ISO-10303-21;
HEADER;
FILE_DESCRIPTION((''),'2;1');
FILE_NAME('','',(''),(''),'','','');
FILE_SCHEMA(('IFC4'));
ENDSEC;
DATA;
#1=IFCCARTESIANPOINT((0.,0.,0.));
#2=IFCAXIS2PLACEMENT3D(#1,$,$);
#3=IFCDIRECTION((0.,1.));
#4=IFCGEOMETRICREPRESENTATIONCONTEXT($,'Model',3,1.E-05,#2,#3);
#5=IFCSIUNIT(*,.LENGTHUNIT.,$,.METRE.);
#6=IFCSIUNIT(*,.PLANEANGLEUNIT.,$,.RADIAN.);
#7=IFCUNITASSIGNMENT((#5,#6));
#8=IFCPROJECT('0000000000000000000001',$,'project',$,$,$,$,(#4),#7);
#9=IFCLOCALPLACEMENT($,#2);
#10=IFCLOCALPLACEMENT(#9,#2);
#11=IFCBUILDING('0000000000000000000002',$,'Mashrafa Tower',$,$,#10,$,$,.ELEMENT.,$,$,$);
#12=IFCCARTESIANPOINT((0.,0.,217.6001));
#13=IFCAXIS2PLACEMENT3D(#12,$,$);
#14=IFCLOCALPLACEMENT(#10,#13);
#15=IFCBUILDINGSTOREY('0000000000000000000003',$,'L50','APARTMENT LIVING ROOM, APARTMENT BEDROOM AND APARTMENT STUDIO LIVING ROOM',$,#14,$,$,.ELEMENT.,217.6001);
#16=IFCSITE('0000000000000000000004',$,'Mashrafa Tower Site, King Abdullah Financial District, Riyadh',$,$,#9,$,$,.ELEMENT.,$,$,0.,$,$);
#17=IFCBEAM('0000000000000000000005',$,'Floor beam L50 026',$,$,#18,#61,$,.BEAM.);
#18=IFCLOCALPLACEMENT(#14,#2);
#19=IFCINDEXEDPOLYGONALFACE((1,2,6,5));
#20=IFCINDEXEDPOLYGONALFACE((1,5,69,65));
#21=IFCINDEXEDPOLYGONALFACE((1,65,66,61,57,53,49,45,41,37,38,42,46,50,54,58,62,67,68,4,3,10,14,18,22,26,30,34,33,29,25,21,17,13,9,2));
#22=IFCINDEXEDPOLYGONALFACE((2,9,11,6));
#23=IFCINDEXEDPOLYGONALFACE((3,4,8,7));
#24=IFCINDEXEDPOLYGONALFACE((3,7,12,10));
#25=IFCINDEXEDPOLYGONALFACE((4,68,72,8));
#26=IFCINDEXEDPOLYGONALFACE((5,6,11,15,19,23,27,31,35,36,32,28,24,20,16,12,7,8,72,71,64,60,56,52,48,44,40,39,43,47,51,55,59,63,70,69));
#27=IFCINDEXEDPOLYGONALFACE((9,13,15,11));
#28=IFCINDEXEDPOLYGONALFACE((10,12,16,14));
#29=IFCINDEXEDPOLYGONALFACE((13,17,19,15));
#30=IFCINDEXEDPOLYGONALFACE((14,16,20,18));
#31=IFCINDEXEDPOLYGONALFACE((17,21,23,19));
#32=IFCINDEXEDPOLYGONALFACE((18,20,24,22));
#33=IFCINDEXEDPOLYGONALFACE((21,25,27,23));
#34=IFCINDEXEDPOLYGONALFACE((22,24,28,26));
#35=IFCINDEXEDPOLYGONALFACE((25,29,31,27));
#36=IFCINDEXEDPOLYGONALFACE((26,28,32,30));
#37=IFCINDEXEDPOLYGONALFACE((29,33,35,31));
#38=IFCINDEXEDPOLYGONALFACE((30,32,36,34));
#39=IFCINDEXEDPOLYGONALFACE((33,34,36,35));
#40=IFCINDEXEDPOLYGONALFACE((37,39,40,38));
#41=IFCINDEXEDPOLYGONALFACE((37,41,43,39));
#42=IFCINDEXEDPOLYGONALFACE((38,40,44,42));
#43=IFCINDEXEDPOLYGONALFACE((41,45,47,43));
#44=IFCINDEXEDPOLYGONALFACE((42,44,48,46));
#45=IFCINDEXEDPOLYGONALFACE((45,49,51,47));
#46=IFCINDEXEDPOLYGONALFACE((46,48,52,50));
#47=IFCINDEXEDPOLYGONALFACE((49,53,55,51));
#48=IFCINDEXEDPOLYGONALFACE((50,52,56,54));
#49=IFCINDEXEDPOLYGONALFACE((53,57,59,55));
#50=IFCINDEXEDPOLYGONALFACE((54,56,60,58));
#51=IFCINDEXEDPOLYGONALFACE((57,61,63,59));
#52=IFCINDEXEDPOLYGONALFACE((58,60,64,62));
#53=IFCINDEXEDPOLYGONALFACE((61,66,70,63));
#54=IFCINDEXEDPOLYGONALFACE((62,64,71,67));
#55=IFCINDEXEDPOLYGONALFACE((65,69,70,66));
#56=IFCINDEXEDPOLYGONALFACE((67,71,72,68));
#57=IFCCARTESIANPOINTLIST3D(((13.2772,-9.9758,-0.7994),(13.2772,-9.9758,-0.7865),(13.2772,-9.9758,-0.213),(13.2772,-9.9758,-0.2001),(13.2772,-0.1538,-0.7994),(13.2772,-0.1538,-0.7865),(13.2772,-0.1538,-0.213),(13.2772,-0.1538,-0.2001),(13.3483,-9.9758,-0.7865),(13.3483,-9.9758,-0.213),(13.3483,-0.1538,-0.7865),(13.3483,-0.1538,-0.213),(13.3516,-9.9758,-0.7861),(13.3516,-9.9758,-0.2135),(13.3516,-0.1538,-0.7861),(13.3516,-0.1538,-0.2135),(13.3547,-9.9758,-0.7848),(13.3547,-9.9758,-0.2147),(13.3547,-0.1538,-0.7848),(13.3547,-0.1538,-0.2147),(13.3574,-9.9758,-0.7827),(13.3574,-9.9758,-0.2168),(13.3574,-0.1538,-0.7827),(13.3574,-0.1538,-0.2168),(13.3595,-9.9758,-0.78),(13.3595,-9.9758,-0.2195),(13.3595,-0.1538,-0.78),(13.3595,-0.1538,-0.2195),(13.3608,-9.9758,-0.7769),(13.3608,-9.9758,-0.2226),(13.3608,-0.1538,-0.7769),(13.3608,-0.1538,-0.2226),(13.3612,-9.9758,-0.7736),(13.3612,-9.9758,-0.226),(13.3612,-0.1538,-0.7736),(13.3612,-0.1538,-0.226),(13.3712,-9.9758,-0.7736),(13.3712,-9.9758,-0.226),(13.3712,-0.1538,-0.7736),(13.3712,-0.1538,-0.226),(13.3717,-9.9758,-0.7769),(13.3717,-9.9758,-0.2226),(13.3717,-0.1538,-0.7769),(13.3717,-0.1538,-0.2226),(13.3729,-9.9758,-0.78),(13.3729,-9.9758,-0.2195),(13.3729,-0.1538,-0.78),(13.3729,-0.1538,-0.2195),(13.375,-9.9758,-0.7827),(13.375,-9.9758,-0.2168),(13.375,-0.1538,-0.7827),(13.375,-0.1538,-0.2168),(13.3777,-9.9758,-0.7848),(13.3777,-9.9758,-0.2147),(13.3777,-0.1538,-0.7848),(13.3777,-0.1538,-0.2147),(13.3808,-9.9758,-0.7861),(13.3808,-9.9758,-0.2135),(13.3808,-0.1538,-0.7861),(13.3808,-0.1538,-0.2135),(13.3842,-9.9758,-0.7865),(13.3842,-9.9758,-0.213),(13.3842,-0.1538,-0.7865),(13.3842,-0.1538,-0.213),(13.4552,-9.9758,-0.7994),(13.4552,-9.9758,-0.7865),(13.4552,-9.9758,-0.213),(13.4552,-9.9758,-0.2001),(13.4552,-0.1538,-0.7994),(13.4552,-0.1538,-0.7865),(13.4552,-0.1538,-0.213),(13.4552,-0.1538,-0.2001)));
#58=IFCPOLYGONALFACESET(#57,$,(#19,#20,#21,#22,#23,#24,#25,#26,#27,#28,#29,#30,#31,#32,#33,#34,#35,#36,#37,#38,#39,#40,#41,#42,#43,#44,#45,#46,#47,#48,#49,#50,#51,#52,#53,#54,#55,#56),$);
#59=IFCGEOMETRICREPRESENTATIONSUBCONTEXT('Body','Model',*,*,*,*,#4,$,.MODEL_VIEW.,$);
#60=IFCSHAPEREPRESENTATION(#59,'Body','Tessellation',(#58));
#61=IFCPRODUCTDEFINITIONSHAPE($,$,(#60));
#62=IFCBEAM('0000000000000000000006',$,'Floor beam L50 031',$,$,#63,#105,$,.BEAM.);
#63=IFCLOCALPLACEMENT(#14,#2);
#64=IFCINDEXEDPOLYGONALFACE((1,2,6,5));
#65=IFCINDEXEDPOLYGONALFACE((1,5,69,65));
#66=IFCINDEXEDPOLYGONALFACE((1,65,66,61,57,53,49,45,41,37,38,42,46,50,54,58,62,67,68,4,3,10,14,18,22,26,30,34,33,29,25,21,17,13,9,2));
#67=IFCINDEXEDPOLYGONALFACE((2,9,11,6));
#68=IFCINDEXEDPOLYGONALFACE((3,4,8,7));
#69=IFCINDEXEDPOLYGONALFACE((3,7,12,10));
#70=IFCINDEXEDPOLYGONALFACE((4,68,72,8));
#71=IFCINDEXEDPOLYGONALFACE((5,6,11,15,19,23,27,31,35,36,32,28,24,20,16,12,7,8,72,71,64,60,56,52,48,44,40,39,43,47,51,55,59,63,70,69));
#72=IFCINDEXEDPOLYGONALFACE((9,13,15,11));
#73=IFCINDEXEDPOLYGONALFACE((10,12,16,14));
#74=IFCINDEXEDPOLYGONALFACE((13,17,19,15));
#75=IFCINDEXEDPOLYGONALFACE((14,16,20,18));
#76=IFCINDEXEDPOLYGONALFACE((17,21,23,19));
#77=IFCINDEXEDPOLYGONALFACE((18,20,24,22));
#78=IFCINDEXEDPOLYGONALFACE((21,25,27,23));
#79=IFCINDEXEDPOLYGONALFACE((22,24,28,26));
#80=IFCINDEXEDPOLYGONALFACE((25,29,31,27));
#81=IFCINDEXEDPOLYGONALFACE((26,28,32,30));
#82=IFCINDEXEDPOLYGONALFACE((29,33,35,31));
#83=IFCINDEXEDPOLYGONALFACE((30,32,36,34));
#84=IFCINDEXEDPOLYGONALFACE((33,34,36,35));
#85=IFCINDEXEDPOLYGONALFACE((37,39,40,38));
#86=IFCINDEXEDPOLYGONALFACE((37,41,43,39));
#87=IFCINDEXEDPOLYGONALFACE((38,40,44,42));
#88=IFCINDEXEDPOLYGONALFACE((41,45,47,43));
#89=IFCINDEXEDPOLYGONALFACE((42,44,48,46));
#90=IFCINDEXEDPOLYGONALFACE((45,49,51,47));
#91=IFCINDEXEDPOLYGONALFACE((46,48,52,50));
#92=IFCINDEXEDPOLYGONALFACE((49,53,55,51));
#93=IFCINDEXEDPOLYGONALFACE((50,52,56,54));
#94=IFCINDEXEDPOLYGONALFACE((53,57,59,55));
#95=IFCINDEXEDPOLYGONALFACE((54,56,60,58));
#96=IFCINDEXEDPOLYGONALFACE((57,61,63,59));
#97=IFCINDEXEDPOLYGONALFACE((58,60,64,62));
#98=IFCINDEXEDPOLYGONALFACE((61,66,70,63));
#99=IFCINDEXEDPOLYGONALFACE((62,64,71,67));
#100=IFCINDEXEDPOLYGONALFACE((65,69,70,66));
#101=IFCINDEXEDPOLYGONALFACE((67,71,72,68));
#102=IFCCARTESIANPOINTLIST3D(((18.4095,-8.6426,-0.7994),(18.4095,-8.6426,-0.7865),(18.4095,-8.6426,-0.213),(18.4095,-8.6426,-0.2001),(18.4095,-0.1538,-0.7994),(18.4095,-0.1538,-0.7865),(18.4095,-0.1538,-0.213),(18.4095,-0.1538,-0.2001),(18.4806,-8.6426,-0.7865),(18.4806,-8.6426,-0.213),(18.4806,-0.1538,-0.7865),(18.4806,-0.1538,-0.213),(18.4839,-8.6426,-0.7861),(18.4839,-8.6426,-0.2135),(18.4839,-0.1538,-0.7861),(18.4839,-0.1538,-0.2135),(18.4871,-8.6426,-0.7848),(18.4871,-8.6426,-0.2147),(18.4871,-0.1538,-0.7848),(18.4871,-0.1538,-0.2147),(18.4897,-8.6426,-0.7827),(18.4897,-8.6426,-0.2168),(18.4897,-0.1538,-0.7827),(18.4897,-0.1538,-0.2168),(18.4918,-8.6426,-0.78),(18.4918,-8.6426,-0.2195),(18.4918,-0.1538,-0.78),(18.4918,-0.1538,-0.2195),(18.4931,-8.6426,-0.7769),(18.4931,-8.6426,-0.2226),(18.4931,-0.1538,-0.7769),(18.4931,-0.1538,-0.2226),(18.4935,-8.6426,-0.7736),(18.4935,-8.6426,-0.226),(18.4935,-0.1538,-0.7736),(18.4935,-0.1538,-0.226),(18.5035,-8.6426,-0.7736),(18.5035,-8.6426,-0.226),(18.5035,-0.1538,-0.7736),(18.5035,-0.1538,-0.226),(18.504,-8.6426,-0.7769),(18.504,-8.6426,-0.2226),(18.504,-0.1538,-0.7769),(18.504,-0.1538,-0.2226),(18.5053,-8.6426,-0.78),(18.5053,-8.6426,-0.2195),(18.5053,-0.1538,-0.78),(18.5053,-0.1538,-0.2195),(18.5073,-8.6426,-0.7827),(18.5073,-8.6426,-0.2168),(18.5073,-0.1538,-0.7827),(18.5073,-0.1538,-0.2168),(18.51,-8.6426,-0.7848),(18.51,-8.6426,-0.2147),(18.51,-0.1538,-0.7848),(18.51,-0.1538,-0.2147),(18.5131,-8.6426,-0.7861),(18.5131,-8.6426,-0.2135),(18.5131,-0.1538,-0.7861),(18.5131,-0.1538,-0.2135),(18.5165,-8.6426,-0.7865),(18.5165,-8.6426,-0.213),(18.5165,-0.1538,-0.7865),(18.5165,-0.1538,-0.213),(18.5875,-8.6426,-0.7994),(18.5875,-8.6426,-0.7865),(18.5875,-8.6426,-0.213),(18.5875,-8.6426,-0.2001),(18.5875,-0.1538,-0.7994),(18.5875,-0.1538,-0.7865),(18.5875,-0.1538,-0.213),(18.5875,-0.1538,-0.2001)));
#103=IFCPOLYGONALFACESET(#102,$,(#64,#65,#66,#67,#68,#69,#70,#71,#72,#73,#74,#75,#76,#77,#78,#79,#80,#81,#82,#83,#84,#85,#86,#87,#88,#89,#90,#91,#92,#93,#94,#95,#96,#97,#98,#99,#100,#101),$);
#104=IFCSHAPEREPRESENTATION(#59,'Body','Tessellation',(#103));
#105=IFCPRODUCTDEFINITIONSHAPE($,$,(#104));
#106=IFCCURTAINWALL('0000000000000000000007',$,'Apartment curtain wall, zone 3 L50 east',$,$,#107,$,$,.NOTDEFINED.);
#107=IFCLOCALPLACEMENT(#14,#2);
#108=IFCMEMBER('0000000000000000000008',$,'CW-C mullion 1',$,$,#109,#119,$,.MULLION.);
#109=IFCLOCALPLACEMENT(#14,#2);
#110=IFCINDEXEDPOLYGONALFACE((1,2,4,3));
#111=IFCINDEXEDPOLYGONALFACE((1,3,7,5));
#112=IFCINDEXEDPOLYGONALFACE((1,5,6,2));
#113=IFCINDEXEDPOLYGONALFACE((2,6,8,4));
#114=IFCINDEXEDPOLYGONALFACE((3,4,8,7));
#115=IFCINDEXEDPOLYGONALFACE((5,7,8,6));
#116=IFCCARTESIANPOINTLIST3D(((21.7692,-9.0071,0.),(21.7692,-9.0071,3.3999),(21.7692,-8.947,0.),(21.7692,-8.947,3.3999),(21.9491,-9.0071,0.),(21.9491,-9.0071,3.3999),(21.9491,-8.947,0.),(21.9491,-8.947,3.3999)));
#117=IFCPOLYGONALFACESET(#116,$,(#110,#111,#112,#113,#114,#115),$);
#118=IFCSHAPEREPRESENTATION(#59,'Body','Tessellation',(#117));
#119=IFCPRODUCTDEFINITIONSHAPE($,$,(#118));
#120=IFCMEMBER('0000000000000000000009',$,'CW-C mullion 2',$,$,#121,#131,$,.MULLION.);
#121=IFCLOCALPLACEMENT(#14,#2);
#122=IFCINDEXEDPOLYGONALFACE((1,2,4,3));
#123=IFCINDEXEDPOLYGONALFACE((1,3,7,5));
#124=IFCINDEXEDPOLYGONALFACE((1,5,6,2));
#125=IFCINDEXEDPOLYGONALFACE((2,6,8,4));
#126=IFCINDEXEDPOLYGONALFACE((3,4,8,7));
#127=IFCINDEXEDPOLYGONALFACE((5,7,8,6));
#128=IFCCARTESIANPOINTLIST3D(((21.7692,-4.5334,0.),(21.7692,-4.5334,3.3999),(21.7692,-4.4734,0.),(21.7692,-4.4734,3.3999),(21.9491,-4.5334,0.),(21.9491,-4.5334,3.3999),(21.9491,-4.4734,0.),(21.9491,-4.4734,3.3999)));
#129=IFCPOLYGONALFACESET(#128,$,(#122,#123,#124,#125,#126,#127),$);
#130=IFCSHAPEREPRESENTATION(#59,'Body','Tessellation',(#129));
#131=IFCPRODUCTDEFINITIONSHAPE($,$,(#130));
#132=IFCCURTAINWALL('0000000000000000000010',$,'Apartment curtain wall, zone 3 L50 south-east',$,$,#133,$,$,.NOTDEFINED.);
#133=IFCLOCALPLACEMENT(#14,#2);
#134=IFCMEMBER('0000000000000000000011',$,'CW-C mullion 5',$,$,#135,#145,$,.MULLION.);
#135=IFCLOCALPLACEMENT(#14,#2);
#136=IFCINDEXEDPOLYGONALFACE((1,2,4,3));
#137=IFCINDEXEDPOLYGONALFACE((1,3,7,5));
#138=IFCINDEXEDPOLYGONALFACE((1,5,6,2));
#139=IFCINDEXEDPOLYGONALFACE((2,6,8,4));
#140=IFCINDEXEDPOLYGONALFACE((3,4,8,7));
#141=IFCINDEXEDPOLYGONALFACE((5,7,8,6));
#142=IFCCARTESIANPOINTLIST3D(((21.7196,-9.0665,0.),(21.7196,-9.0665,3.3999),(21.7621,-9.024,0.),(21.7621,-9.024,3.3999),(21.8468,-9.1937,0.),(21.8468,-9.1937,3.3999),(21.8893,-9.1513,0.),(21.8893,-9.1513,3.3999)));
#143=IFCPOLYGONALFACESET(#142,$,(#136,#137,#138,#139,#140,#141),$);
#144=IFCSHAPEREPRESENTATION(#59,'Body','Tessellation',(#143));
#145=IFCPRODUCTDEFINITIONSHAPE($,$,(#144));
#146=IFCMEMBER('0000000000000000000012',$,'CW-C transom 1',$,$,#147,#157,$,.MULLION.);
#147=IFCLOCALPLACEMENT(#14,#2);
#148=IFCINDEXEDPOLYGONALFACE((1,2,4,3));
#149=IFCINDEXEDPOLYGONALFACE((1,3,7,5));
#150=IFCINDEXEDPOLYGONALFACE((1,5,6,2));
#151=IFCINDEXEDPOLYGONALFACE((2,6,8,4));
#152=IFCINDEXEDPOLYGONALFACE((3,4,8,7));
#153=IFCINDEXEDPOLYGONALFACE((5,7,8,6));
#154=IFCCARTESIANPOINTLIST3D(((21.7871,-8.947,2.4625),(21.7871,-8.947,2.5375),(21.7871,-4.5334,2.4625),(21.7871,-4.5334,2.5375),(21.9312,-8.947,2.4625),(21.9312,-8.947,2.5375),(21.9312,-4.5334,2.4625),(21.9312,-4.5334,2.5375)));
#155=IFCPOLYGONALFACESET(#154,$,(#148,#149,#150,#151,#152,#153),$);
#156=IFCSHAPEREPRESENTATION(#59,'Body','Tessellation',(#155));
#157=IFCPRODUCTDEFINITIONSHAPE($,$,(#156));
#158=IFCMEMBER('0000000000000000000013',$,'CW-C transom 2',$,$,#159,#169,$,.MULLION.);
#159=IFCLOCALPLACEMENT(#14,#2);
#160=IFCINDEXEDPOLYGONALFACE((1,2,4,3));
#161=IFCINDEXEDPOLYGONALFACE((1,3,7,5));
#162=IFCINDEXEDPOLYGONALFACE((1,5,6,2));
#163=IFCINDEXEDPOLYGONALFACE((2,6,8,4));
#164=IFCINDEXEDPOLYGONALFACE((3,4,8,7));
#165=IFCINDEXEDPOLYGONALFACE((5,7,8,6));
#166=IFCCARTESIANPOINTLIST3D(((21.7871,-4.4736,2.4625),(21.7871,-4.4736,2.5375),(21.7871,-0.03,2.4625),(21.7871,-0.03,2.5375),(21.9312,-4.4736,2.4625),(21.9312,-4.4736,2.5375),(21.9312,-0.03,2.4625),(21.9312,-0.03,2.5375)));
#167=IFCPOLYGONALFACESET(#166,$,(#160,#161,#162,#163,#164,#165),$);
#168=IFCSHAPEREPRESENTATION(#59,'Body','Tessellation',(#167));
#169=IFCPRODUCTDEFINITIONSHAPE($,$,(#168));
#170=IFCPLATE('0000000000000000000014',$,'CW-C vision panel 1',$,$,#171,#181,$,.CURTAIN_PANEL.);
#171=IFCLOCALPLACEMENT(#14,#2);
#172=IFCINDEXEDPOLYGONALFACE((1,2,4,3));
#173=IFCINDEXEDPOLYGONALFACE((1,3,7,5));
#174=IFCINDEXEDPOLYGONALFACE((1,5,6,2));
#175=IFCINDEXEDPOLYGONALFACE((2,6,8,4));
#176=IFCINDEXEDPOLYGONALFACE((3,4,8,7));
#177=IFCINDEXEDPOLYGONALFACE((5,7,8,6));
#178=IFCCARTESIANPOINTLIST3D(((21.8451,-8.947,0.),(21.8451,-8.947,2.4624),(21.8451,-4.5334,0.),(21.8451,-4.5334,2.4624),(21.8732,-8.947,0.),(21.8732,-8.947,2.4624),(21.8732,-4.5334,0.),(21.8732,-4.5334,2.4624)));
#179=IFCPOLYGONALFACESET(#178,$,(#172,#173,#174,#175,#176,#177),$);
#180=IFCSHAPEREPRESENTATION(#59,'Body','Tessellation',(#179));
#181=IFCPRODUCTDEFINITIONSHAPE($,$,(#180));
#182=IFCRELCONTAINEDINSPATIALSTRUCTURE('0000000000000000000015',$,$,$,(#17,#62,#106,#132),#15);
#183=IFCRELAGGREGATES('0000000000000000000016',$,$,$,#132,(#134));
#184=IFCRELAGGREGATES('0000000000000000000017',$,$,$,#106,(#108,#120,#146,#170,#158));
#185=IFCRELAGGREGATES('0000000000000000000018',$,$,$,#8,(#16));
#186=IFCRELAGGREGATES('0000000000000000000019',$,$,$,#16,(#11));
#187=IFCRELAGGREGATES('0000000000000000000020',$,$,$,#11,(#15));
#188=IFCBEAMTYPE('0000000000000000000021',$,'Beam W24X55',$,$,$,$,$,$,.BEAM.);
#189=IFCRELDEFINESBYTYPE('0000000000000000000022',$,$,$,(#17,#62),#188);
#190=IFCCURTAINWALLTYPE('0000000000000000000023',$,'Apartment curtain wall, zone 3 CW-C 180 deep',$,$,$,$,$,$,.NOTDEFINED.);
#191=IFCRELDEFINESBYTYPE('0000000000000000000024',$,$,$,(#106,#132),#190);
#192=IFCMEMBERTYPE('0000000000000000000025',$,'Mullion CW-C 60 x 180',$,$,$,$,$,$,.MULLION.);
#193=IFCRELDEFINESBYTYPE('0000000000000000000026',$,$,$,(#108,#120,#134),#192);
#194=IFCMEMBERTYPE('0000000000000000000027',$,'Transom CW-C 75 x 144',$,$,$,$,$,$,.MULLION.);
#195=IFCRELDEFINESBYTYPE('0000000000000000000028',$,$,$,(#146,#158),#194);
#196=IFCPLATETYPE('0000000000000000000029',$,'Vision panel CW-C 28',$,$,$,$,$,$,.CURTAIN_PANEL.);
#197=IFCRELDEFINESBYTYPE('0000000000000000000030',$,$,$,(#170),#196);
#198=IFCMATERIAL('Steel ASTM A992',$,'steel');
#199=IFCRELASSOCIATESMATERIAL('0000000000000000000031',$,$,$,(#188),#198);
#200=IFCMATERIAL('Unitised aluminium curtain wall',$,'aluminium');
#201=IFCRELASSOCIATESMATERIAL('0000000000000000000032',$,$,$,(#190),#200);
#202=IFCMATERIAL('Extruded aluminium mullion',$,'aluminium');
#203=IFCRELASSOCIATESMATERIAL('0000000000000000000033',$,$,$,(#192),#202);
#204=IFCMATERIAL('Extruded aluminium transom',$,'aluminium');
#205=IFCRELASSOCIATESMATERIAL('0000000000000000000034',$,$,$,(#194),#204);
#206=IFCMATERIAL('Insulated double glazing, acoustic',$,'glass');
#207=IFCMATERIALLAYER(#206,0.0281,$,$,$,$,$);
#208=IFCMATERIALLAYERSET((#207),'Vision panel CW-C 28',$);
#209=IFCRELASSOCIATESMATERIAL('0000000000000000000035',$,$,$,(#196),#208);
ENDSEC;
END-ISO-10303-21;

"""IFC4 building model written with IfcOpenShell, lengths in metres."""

from ifc_helpers import new_model, si_unit, direction, frame, origin, origin_2d, place, context, subcontext, project, spatial, rectangle, i_section, extrude, source, transform, mapped, material, layer, layer_set, material_profile, profile_set, type_object, type_shapes, element, aggregate, save


model = new_model("IFC4")

# Units and contexts
model_context = context("Model", 3, precision=1e-05, world=origin(), true_north=direction((0.0, 1.0)))
body_context = subcontext(model_context, "Body", "Model", "MODEL_VIEW")
ifc_project = project(units=[si_unit("LENGTHUNIT", "METRE"), si_unit("PLANEANGLEUNIT", "RADIAN")], contexts=[model_context])

# Site, building, storey
site_placement = place(None, origin())
site = spatial("IfcSite", under=ifc_project, at=site_placement, Name="Mashrafa Tower Site, King Abdullah Financial District, Riyadh", CompositionType="ELEMENT", RefElevation=0.0)
building_placement = place(site_placement, origin())
building = spatial("IfcBuilding", under=site, at=building_placement, Name="Mashrafa Tower", CompositionType="ELEMENT")
storey_placement = place(building_placement, frame((0.0, 0.0, 217.6001)))
storey = spatial("IfcBuildingStorey", under=building, at=storey_placement, Name="L50", Description="APARTMENT LIVING ROOM, APARTMENT BEDROOM AND APARTMENT STUDIO LIVING ROOM", CompositionType="ELEMENT", Elevation=217.6001)

# Beams
ifc_material_1 = material(Name="Steel ASTM A992", Category="steel")
ifc_material_profile_1 = material_profile(ifc_material_1, i_section(OverallWidth=0.178, OverallDepth=0.5994, WebThickness=0.01, FlangeThickness=0.0129, FilletRadius=0.0129, at=origin_2d()), Name="W24X55")
ifc_profile_set_1 = profile_set([ifc_material_profile_1], Name="Steel ASTM A992")
beam_type_1 = type_object("IfcBeamType", Name="Beam W24X55", PredefinedType="BEAM", material=ifc_profile_set_1)
beam_1_placement = place(storey_placement, frame((13.3662, -0.1538, -0.4998), z_axis=(0.0, -1.0, 0.0), x_axis=(1.0, 0.0, 0.0)))
element("IfcBeam", 1, at=beam_1_placement, inside=storey, type_object=beam_type_1, Name="Floor beam L50 026", PredefinedType="BEAM", context=body_context, shape_type="SweptSolid", body=[
    extrude(i_section(OverallWidth=0.178, OverallDepth=0.5994, WebThickness=0.01, FlangeThickness=0.0129, FilletRadius=0.0129, at=origin_2d()), origin(), (0.0, 0.0, 1.0), 9.822),
])
beam_2_placement = place(storey_placement, frame((18.4985, -0.1538, -0.4998), z_axis=(0.0, -1.0, 0.0), x_axis=(1.0, 0.0, 0.0)))
element("IfcBeam", 2, at=beam_2_placement, inside=storey, type_object=beam_type_1, Name="Floor beam L50 031", PredefinedType="BEAM", context=body_context, shape_type="SweptSolid", body=[
    extrude(i_section(OverallWidth=0.178, OverallDepth=0.5994, WebThickness=0.01, FlangeThickness=0.0129, FilletRadius=0.0129, at=origin_2d()), origin(), (0.0, 0.0, 1.0), 8.4888),
])

# Curtain wall, members
ifc_material_2 = material(Name="Unitised aluminium curtain wall", Category="aluminium")
curtain_wall_type = type_object("IfcCurtainWallType", Name="Apartment curtain wall, zone 3 CW-C 180 deep", PredefinedType="NOTDEFINED", material=ifc_material_2)
curtain_wall_1_placement = place(storey_placement, origin())
curtain_wall_1 = element("IfcCurtainWall", 3, at=curtain_wall_1_placement, inside=storey, type_object=curtain_wall_type, Name="Apartment curtain wall, zone 3 L50 east", PredefinedType="NOTDEFINED")
ifc_material_3 = material(Name="Extruded aluminium mullion", Category="aluminium")
ifc_material_profile_2 = material_profile(ifc_material_3, rectangle(XDim=0.1799, YDim=0.0601, at=origin_2d()), Name="Mullion 60x180")
ifc_profile_set_2 = profile_set([ifc_material_profile_2], Name="Extruded aluminium mullion")
member_type_1 = type_object("IfcMemberType", Name="Mullion CW-C 60 x 180", PredefinedType="MULLION", material=ifc_profile_set_2)
shared_shape_1 = source(origin(), body_context, "Body", "SweptSolid", [
    extrude(rectangle(XDim=0.1799, YDim=0.0601, at=origin_2d()), origin(), (0.0, 0.0, 1.0), 3.3999),
])
type_shapes(member_type_1, [shared_shape_1])
member_1_placement = place(storey_placement, frame((21.8591, -8.9771, 0.0), z_axis=(0.0, 0.0, 1.0), x_axis=(-1.0, 0.0, 0.0)))
member_1 = element("IfcMember", 4, at=member_1_placement, type_object=member_type_1, Name="CW-C mullion 1", PredefinedType="MULLION", context=body_context, shape_type="MappedRepresentation", body=[
    mapped(shared_shape_1, transform((0.0, 0.0, 0.0))),
])
member_2_placement = place(storey_placement, frame((21.8591, -4.5034, 0.0), z_axis=(0.0, 0.0, 1.0), x_axis=(-1.0, 0.0, 0.0)))
member_2 = element("IfcMember", 5, at=member_2_placement, type_object=member_type_1, Name="CW-C mullion 2", PredefinedType="MULLION", context=body_context, shape_type="MappedRepresentation", body=[
    mapped(shared_shape_1, transform((0.0, 0.0, 0.0))),
])

# Curtain wall, member
curtain_wall_2_placement = place(storey_placement, origin())
curtain_wall_2 = element("IfcCurtainWall", 6, at=curtain_wall_2_placement, inside=storey, type_object=curtain_wall_type, Name="Apartment curtain wall, zone 3 L50 south-east", PredefinedType="NOTDEFINED")
member_3_placement = place(storey_placement, frame((21.8044, -9.1089, 0.0), z_axis=(0.0, 0.0, 1.0), x_axis=(-0.707107, 0.707107, 0.0)))
member_3 = element("IfcMember", 7, at=member_3_placement, type_object=member_type_1, Name="CW-C mullion 5", PredefinedType="MULLION", context=body_context, shape_type="MappedRepresentation", body=[
    mapped(shared_shape_1, transform((0.0, 0.0, 0.0))),
])
aggregate(curtain_wall_2, [member_3])

# Members
ifc_material_4 = material(Name="Extruded aluminium transom", Category="aluminium")
ifc_material_profile_3 = material_profile(ifc_material_4, rectangle(XDim=0.144, YDim=0.075, at=origin_2d()), Name="Transom 75x144")
ifc_profile_set_3 = profile_set([ifc_material_profile_3], Name="Extruded aluminium transom")
member_type_2 = type_object("IfcMemberType", Name="Transom CW-C 75 x 144", PredefinedType="MULLION", material=ifc_profile_set_3)
shared_shape_2 = source(origin(), body_context, "Body", "SweptSolid", [
    extrude(rectangle(XDim=0.144, YDim=0.075, at=origin_2d()), origin(), (0.0, 0.0, 1.0), 4.4136),
])
member_4_placement = place(storey_placement, frame((21.8591, -8.947, 2.5), z_axis=(0.0, 1.0, 0.0), x_axis=(-1.0, 0.0, 0.0)))
member_4 = element("IfcMember", 8, at=member_4_placement, type_object=member_type_2, Name="CW-C transom 1", PredefinedType="MULLION", context=body_context, shape_type="MappedRepresentation", body=[
    mapped(shared_shape_2, transform((0.0, 0.0, 0.0))),
])
shared_shape_3 = source(origin(), body_context, "Body", "SweptSolid", [
    extrude(rectangle(XDim=0.144, YDim=0.075, at=origin_2d()), origin(), (0.0, 0.0, 1.0), 4.4436),
])
type_shapes(member_type_2, [shared_shape_2, shared_shape_3])
member_5_placement = place(storey_placement, frame((21.8591, -4.4736, 2.5), z_axis=(0.0, 1.0, 0.0), x_axis=(-1.0, 0.0, 0.0)))
member_5 = element("IfcMember", 9, at=member_5_placement, type_object=member_type_2, Name="CW-C transom 2", PredefinedType="MULLION", context=body_context, shape_type="MappedRepresentation", body=[
    mapped(shared_shape_3, transform((0.0, 0.0, 0.0))),
])

# Plate
ifc_material_5 = material(Name="Insulated double glazing, acoustic", Category="glass")
ifc_layer_1 = layer(ifc_material_5, 0.0281)
ifc_layer_set_1 = layer_set([ifc_layer_1], Name="Vision panel CW-C 28")
plate_type_1 = type_object("IfcPlateType", Name="Vision panel CW-C 28", PredefinedType="CURTAIN_PANEL", material=ifc_layer_set_1)
shared_shape_4 = source(origin(), body_context, "Body", "SweptSolid", [
    extrude(rectangle(XDim=4.4136, YDim=0.0281, at=origin_2d()), origin(), (0.0, 0.0, 1.0), 2.4624),
])
plate_1_placement = place(storey_placement, frame((21.8591, -6.7402, 0.0), z_axis=(0.0, 0.0, 1.0), x_axis=(0.0, 1.0, 0.0)))
plate_1 = element("IfcPlate", 10, at=plate_1_placement, type_object=plate_type_1, Name="CW-C vision panel 1", PredefinedType="CURTAIN_PANEL", context=body_context, shape_type="MappedRepresentation", body=[
    mapped(shared_shape_4, transform((0.0, 0.0, 0.0))),
])
aggregate(curtain_wall_1, [member_1, member_2, member_4, plate_1, member_5])

save(model, "model.ifc")
